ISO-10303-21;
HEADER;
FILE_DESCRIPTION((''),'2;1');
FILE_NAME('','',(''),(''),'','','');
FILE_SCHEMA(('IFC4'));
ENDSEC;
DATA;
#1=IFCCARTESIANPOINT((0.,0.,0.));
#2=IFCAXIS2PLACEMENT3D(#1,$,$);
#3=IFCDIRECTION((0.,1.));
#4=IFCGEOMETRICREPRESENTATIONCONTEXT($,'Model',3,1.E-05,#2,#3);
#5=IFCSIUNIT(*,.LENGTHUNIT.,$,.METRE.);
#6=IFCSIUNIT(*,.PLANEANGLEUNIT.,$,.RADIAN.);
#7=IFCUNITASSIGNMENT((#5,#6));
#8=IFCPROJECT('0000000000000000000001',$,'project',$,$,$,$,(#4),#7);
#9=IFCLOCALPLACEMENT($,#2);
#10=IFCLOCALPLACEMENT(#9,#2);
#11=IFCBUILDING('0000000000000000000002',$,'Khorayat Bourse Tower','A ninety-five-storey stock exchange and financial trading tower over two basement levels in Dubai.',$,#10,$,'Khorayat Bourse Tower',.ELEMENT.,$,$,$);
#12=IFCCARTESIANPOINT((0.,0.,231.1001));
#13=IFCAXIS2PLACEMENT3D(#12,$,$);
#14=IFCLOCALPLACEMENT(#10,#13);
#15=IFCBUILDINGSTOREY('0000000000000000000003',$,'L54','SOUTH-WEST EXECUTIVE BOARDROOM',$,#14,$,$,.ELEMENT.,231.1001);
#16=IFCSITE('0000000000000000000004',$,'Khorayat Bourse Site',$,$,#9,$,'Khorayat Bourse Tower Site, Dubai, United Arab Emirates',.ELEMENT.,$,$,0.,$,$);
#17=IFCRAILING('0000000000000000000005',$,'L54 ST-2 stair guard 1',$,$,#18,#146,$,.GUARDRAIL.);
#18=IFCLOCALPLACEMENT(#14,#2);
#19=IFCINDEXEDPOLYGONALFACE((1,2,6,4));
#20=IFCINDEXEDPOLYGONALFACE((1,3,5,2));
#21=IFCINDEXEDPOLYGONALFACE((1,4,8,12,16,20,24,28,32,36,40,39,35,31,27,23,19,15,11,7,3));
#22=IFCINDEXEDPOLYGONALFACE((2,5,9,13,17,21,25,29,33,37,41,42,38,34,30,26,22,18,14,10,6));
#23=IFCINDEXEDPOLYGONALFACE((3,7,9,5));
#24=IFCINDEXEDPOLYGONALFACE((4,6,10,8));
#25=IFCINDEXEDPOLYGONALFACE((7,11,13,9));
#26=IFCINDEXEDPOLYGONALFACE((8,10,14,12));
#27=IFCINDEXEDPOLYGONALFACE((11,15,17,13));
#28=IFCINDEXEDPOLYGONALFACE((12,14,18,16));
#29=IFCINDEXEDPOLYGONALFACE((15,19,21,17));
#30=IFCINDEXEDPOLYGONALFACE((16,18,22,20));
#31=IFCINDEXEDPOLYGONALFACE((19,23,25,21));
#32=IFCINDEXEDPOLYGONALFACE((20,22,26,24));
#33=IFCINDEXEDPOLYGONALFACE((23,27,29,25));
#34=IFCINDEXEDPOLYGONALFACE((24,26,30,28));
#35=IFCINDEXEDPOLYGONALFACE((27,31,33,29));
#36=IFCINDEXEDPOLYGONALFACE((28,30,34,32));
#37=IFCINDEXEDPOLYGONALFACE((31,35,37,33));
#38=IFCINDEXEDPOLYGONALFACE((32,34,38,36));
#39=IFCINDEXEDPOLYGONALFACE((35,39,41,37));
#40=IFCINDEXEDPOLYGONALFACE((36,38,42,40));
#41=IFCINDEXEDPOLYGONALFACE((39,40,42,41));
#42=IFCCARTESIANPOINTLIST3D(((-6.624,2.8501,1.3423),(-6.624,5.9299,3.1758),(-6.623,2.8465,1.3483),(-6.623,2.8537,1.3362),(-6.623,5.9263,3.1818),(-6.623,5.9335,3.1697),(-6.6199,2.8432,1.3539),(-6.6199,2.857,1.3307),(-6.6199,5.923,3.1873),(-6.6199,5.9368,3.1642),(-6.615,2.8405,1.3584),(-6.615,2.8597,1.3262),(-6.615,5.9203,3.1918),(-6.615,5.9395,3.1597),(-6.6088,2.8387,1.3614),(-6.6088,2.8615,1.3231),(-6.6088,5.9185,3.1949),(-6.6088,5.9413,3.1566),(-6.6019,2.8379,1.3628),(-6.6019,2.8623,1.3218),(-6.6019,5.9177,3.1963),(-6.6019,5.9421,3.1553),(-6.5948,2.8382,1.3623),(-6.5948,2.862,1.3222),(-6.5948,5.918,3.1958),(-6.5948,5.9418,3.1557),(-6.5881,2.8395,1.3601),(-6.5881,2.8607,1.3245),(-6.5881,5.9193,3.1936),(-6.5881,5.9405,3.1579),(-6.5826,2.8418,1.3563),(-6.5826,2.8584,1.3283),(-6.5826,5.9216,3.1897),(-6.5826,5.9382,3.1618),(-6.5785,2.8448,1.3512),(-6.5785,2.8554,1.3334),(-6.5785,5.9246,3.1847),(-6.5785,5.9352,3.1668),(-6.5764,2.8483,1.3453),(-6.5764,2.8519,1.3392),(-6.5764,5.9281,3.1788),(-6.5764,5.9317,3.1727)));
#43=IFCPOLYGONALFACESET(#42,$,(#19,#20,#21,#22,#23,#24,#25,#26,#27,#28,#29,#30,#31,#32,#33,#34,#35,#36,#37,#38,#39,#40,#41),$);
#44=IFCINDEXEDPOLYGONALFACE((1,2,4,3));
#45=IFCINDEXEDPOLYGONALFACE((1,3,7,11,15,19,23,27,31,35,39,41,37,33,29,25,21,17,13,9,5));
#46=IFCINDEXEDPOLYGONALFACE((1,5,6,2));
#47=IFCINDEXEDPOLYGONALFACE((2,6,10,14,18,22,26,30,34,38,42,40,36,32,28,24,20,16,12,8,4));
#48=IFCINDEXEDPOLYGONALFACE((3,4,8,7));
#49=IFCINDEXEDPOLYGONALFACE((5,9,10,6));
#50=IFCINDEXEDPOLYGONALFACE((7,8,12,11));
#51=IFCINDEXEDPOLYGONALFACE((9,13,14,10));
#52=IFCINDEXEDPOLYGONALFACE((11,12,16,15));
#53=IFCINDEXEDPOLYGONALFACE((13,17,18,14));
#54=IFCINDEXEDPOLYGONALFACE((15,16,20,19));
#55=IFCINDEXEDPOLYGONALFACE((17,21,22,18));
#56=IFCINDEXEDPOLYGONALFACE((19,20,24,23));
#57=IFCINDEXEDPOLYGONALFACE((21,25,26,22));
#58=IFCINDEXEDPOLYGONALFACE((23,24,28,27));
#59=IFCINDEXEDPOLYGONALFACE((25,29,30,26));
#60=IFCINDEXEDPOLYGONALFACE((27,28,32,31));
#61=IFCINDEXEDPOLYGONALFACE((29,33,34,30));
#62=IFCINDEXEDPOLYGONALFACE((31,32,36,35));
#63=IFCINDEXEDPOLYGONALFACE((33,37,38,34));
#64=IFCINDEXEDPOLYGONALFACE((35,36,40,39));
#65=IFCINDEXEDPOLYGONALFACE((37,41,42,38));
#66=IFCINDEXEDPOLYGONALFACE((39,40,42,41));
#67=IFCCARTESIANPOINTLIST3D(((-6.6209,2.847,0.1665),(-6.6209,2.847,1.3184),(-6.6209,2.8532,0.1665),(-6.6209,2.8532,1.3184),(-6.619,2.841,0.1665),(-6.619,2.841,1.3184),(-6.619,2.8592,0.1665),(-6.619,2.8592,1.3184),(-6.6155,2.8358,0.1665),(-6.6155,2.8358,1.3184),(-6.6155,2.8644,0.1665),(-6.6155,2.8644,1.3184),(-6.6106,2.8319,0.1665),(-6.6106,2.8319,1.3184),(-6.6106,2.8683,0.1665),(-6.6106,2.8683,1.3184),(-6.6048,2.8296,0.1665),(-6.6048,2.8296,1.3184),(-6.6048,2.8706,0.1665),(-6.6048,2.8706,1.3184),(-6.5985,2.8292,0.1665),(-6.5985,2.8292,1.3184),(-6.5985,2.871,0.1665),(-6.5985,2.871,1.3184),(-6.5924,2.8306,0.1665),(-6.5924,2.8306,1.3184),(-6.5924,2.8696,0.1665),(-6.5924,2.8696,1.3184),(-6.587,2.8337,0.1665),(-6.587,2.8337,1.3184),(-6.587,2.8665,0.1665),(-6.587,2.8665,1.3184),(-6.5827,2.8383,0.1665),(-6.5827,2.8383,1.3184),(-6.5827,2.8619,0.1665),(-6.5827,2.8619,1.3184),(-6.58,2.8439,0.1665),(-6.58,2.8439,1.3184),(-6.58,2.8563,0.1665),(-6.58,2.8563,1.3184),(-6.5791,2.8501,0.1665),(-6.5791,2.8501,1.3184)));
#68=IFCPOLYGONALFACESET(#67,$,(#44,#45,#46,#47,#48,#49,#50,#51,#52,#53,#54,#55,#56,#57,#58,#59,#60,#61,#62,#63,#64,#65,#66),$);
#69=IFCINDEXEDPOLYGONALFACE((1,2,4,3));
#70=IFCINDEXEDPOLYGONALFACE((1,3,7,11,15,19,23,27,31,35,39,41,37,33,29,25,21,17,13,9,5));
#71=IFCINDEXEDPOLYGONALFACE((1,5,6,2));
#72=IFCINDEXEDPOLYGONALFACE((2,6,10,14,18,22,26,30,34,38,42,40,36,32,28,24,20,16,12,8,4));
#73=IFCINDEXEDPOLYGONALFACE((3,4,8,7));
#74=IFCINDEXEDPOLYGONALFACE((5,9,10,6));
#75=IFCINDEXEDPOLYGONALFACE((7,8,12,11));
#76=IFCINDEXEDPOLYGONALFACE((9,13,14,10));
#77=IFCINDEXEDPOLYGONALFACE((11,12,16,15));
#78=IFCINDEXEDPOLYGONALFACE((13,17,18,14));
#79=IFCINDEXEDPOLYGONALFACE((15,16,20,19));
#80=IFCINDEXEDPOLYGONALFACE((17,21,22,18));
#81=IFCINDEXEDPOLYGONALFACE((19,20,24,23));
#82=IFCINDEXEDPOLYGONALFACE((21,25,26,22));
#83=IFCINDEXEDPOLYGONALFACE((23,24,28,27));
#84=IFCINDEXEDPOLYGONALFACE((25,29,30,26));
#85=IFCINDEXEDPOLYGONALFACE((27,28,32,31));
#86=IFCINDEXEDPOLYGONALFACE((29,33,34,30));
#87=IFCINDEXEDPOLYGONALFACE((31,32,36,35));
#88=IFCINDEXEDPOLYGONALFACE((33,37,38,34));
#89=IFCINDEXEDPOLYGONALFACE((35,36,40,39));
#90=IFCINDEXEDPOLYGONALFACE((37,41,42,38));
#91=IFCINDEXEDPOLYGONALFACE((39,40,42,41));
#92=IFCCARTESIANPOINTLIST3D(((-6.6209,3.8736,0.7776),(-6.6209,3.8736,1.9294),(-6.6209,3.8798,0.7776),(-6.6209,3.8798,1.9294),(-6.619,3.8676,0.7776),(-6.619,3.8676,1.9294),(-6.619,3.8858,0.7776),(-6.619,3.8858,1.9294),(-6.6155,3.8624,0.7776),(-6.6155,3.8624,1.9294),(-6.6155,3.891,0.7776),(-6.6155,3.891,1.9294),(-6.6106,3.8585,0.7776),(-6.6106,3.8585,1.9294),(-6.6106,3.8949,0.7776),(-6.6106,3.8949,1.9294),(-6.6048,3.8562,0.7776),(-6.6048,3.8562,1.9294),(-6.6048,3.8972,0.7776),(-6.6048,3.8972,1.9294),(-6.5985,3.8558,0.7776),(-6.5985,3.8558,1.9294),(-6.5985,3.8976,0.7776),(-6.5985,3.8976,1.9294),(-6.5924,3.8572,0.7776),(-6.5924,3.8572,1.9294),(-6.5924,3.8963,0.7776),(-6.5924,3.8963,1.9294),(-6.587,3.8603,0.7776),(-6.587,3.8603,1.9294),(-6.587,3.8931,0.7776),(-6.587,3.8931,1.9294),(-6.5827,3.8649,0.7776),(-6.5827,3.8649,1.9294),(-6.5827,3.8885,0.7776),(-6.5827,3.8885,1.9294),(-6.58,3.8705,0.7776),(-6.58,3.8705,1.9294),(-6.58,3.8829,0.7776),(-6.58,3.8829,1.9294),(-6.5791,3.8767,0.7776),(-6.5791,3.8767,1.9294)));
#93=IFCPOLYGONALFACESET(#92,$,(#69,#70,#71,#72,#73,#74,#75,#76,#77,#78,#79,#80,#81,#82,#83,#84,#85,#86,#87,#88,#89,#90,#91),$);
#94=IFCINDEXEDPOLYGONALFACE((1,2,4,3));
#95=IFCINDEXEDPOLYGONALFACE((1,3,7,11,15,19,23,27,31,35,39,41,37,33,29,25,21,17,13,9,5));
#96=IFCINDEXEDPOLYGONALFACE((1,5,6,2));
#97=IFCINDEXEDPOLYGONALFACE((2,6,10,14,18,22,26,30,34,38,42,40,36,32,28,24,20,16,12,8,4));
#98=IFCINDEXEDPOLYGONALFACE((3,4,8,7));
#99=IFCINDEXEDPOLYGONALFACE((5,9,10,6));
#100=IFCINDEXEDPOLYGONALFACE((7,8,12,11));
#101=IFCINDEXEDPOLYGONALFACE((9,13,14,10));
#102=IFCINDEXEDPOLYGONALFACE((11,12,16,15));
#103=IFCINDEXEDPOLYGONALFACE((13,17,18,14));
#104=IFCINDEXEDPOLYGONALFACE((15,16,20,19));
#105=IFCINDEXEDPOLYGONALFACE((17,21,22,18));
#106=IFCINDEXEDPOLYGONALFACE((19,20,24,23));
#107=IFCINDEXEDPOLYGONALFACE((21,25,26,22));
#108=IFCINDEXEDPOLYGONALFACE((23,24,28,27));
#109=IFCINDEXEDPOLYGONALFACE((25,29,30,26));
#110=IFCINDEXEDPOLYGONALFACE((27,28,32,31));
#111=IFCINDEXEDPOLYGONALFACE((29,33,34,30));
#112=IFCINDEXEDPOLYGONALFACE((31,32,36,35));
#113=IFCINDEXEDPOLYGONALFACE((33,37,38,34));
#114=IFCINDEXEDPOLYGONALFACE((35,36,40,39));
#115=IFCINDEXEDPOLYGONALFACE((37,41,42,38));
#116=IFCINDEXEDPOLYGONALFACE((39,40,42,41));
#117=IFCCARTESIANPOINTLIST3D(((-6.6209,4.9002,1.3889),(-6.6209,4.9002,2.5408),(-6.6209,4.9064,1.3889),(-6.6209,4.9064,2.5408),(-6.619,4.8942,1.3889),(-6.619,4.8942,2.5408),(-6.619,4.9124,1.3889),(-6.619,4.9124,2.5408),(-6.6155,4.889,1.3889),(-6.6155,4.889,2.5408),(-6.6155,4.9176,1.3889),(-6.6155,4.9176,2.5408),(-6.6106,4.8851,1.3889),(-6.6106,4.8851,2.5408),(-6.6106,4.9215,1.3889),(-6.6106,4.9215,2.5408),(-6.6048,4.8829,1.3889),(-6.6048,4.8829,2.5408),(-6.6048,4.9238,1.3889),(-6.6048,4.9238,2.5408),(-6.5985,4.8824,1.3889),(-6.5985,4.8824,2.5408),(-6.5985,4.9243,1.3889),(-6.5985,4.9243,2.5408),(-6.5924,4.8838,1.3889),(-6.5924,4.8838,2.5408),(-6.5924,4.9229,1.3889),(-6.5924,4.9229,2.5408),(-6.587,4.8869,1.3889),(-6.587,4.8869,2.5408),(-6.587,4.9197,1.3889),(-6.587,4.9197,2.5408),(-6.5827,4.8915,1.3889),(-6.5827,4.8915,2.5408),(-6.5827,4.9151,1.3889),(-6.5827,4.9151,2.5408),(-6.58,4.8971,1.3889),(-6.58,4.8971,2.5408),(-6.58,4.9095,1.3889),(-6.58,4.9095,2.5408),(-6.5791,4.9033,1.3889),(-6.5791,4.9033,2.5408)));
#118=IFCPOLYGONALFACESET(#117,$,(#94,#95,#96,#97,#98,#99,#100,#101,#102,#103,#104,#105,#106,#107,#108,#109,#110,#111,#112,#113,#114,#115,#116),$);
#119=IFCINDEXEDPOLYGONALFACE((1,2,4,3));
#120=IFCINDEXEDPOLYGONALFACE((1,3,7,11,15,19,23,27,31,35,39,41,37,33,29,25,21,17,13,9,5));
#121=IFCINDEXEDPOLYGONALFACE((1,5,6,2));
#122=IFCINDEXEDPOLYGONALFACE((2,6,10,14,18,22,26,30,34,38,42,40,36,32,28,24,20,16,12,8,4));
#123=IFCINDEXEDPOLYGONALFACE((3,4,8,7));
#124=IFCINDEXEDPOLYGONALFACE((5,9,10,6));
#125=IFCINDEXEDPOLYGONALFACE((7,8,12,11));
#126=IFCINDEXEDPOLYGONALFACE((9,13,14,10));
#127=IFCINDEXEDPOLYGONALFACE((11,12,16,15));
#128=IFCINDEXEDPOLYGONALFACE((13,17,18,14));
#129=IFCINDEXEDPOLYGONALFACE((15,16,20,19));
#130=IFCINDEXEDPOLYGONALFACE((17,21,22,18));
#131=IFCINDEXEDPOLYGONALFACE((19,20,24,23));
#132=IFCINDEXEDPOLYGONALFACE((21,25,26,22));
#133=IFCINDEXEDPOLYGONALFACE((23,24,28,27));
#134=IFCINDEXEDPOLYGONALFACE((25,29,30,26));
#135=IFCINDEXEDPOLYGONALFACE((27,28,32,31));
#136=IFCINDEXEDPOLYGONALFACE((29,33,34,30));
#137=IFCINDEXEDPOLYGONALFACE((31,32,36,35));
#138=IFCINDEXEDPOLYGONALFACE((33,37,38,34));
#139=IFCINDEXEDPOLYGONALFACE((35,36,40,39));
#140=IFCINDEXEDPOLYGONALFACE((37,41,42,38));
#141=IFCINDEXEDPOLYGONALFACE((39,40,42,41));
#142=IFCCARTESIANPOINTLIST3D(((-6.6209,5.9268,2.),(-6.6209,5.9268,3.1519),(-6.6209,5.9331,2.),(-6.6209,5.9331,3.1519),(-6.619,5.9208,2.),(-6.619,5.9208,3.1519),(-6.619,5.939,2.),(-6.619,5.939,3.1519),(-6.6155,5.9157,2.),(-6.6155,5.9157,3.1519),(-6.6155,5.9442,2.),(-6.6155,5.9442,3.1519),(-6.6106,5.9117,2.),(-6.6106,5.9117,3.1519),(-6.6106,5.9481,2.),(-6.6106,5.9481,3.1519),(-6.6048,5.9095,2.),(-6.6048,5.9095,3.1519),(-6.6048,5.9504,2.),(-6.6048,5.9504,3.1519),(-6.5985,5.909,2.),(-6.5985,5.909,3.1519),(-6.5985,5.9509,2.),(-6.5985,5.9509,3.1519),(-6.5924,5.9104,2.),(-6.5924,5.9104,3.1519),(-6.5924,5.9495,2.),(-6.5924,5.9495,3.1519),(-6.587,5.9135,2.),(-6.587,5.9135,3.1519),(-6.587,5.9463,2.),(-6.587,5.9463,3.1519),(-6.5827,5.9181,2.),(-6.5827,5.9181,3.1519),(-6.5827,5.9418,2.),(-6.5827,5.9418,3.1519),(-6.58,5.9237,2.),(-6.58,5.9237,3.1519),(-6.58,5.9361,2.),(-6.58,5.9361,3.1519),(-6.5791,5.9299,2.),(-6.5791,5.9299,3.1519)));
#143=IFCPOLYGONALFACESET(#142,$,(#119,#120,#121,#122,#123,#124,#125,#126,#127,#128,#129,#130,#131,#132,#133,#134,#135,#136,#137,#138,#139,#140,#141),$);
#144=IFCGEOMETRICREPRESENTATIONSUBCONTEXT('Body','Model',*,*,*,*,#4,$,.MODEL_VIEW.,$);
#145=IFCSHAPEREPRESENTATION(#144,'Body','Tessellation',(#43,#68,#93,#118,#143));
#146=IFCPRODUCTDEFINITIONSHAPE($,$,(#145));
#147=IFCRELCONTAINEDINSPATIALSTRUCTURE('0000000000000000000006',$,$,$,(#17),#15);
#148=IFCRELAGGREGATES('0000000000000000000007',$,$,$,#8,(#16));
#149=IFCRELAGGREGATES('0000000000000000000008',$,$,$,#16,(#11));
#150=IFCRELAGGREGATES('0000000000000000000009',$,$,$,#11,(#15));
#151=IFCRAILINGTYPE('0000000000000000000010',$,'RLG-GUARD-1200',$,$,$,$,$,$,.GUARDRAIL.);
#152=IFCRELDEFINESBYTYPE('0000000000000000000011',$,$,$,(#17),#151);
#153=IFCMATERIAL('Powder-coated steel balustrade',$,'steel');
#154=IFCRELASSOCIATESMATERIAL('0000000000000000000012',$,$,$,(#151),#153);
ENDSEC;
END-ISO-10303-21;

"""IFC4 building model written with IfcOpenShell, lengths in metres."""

from ifc_helpers import new_model, si_unit, direction, frame, origin, origin_2d, place, context, subcontext, project, spatial, circle, extrude, source, transform, mapped, material, type_object, element, save


model = new_model("IFC4")

# Units and contexts
model_context = context("Model", 3, precision=1e-05, world=origin(), true_north=direction((0.0, 1.0)))
body_context = subcontext(model_context, "Body", "Model", "MODEL_VIEW")
ifc_project = project(units=[si_unit("LENGTHUNIT", "METRE"), si_unit("PLANEANGLEUNIT", "RADIAN")], contexts=[model_context])

# Site, building, storey
site_placement = place(None, origin())
site = spatial("IfcSite", under=ifc_project, at=site_placement, Name="Khorayat Bourse Site", LongName="Khorayat Bourse Tower Site, Dubai, United Arab Emirates", CompositionType="ELEMENT", RefElevation=0.0)
building_placement = place(site_placement, origin())
building = spatial("IfcBuilding", under=site, at=building_placement, Name="Khorayat Bourse Tower", Description="A ninety-five-storey stock exchange and financial trading tower over two basement levels in Dubai.", LongName="Khorayat Bourse Tower", CompositionType="ELEMENT")
storey_placement = place(building_placement, frame((0.0, 0.0, 231.1001)))
storey = spatial("IfcBuildingStorey", under=building, at=storey_placement, Name="L54", Description="SOUTH-WEST EXECUTIVE BOARDROOM", CompositionType="ELEMENT", Elevation=231.1001)

# Railing
ifc_material_1 = material(Name="Powder-coated steel balustrade", Category="steel")
railing_type_1 = type_object("IfcRailingType", Name="RLG-GUARD-1200", PredefinedType="GUARDRAIL", material=ifc_material_1)
shared_shape_1 = source(origin(), body_context, "Body", "SweptSolid", [
    extrude(circle(Radius=0.0239, at=origin_2d()), frame((0.0, 0.0, 1.1758), z_axis=(0.0, 0.859261, 0.511538), x_axis=(-1.0, 0.0, 0.0)), (0.0, 0.0, 1.0), 3.5842),
    extrude(circle(Radius=0.021, at=origin_2d()), origin(), (0.0, 0.0, 1.0), 1.1519),
    extrude(circle(Radius=0.021, at=origin_2d()), frame((0.0, 1.0266, 0.6111)), (0.0, 0.0, 1.0), 1.1519),
    extrude(circle(Radius=0.021, at=origin_2d()), frame((0.0, 2.0532, 1.2224)), (0.0, 0.0, 1.0), 1.1519),
    extrude(circle(Radius=0.021, at=origin_2d()), frame((0.0, 3.0798, 1.8335)), (0.0, 0.0, 1.0), 1.1519),
])
railing_1_placement = place(storey_placement, frame((-6.6001, 2.8501, 0.1665)))
element("IfcRailing", 1, at=railing_1_placement, inside=storey, type_object=railing_type_1, Name="L54 ST-2 stair guard 1", PredefinedType="GUARDRAIL", context=body_context, shape_type="MappedRepresentation", body=[
    mapped(shared_shape_1, transform((0.0, 0.0, 0.0), scale=1.0)),
])

save(model, "model.ifc")
